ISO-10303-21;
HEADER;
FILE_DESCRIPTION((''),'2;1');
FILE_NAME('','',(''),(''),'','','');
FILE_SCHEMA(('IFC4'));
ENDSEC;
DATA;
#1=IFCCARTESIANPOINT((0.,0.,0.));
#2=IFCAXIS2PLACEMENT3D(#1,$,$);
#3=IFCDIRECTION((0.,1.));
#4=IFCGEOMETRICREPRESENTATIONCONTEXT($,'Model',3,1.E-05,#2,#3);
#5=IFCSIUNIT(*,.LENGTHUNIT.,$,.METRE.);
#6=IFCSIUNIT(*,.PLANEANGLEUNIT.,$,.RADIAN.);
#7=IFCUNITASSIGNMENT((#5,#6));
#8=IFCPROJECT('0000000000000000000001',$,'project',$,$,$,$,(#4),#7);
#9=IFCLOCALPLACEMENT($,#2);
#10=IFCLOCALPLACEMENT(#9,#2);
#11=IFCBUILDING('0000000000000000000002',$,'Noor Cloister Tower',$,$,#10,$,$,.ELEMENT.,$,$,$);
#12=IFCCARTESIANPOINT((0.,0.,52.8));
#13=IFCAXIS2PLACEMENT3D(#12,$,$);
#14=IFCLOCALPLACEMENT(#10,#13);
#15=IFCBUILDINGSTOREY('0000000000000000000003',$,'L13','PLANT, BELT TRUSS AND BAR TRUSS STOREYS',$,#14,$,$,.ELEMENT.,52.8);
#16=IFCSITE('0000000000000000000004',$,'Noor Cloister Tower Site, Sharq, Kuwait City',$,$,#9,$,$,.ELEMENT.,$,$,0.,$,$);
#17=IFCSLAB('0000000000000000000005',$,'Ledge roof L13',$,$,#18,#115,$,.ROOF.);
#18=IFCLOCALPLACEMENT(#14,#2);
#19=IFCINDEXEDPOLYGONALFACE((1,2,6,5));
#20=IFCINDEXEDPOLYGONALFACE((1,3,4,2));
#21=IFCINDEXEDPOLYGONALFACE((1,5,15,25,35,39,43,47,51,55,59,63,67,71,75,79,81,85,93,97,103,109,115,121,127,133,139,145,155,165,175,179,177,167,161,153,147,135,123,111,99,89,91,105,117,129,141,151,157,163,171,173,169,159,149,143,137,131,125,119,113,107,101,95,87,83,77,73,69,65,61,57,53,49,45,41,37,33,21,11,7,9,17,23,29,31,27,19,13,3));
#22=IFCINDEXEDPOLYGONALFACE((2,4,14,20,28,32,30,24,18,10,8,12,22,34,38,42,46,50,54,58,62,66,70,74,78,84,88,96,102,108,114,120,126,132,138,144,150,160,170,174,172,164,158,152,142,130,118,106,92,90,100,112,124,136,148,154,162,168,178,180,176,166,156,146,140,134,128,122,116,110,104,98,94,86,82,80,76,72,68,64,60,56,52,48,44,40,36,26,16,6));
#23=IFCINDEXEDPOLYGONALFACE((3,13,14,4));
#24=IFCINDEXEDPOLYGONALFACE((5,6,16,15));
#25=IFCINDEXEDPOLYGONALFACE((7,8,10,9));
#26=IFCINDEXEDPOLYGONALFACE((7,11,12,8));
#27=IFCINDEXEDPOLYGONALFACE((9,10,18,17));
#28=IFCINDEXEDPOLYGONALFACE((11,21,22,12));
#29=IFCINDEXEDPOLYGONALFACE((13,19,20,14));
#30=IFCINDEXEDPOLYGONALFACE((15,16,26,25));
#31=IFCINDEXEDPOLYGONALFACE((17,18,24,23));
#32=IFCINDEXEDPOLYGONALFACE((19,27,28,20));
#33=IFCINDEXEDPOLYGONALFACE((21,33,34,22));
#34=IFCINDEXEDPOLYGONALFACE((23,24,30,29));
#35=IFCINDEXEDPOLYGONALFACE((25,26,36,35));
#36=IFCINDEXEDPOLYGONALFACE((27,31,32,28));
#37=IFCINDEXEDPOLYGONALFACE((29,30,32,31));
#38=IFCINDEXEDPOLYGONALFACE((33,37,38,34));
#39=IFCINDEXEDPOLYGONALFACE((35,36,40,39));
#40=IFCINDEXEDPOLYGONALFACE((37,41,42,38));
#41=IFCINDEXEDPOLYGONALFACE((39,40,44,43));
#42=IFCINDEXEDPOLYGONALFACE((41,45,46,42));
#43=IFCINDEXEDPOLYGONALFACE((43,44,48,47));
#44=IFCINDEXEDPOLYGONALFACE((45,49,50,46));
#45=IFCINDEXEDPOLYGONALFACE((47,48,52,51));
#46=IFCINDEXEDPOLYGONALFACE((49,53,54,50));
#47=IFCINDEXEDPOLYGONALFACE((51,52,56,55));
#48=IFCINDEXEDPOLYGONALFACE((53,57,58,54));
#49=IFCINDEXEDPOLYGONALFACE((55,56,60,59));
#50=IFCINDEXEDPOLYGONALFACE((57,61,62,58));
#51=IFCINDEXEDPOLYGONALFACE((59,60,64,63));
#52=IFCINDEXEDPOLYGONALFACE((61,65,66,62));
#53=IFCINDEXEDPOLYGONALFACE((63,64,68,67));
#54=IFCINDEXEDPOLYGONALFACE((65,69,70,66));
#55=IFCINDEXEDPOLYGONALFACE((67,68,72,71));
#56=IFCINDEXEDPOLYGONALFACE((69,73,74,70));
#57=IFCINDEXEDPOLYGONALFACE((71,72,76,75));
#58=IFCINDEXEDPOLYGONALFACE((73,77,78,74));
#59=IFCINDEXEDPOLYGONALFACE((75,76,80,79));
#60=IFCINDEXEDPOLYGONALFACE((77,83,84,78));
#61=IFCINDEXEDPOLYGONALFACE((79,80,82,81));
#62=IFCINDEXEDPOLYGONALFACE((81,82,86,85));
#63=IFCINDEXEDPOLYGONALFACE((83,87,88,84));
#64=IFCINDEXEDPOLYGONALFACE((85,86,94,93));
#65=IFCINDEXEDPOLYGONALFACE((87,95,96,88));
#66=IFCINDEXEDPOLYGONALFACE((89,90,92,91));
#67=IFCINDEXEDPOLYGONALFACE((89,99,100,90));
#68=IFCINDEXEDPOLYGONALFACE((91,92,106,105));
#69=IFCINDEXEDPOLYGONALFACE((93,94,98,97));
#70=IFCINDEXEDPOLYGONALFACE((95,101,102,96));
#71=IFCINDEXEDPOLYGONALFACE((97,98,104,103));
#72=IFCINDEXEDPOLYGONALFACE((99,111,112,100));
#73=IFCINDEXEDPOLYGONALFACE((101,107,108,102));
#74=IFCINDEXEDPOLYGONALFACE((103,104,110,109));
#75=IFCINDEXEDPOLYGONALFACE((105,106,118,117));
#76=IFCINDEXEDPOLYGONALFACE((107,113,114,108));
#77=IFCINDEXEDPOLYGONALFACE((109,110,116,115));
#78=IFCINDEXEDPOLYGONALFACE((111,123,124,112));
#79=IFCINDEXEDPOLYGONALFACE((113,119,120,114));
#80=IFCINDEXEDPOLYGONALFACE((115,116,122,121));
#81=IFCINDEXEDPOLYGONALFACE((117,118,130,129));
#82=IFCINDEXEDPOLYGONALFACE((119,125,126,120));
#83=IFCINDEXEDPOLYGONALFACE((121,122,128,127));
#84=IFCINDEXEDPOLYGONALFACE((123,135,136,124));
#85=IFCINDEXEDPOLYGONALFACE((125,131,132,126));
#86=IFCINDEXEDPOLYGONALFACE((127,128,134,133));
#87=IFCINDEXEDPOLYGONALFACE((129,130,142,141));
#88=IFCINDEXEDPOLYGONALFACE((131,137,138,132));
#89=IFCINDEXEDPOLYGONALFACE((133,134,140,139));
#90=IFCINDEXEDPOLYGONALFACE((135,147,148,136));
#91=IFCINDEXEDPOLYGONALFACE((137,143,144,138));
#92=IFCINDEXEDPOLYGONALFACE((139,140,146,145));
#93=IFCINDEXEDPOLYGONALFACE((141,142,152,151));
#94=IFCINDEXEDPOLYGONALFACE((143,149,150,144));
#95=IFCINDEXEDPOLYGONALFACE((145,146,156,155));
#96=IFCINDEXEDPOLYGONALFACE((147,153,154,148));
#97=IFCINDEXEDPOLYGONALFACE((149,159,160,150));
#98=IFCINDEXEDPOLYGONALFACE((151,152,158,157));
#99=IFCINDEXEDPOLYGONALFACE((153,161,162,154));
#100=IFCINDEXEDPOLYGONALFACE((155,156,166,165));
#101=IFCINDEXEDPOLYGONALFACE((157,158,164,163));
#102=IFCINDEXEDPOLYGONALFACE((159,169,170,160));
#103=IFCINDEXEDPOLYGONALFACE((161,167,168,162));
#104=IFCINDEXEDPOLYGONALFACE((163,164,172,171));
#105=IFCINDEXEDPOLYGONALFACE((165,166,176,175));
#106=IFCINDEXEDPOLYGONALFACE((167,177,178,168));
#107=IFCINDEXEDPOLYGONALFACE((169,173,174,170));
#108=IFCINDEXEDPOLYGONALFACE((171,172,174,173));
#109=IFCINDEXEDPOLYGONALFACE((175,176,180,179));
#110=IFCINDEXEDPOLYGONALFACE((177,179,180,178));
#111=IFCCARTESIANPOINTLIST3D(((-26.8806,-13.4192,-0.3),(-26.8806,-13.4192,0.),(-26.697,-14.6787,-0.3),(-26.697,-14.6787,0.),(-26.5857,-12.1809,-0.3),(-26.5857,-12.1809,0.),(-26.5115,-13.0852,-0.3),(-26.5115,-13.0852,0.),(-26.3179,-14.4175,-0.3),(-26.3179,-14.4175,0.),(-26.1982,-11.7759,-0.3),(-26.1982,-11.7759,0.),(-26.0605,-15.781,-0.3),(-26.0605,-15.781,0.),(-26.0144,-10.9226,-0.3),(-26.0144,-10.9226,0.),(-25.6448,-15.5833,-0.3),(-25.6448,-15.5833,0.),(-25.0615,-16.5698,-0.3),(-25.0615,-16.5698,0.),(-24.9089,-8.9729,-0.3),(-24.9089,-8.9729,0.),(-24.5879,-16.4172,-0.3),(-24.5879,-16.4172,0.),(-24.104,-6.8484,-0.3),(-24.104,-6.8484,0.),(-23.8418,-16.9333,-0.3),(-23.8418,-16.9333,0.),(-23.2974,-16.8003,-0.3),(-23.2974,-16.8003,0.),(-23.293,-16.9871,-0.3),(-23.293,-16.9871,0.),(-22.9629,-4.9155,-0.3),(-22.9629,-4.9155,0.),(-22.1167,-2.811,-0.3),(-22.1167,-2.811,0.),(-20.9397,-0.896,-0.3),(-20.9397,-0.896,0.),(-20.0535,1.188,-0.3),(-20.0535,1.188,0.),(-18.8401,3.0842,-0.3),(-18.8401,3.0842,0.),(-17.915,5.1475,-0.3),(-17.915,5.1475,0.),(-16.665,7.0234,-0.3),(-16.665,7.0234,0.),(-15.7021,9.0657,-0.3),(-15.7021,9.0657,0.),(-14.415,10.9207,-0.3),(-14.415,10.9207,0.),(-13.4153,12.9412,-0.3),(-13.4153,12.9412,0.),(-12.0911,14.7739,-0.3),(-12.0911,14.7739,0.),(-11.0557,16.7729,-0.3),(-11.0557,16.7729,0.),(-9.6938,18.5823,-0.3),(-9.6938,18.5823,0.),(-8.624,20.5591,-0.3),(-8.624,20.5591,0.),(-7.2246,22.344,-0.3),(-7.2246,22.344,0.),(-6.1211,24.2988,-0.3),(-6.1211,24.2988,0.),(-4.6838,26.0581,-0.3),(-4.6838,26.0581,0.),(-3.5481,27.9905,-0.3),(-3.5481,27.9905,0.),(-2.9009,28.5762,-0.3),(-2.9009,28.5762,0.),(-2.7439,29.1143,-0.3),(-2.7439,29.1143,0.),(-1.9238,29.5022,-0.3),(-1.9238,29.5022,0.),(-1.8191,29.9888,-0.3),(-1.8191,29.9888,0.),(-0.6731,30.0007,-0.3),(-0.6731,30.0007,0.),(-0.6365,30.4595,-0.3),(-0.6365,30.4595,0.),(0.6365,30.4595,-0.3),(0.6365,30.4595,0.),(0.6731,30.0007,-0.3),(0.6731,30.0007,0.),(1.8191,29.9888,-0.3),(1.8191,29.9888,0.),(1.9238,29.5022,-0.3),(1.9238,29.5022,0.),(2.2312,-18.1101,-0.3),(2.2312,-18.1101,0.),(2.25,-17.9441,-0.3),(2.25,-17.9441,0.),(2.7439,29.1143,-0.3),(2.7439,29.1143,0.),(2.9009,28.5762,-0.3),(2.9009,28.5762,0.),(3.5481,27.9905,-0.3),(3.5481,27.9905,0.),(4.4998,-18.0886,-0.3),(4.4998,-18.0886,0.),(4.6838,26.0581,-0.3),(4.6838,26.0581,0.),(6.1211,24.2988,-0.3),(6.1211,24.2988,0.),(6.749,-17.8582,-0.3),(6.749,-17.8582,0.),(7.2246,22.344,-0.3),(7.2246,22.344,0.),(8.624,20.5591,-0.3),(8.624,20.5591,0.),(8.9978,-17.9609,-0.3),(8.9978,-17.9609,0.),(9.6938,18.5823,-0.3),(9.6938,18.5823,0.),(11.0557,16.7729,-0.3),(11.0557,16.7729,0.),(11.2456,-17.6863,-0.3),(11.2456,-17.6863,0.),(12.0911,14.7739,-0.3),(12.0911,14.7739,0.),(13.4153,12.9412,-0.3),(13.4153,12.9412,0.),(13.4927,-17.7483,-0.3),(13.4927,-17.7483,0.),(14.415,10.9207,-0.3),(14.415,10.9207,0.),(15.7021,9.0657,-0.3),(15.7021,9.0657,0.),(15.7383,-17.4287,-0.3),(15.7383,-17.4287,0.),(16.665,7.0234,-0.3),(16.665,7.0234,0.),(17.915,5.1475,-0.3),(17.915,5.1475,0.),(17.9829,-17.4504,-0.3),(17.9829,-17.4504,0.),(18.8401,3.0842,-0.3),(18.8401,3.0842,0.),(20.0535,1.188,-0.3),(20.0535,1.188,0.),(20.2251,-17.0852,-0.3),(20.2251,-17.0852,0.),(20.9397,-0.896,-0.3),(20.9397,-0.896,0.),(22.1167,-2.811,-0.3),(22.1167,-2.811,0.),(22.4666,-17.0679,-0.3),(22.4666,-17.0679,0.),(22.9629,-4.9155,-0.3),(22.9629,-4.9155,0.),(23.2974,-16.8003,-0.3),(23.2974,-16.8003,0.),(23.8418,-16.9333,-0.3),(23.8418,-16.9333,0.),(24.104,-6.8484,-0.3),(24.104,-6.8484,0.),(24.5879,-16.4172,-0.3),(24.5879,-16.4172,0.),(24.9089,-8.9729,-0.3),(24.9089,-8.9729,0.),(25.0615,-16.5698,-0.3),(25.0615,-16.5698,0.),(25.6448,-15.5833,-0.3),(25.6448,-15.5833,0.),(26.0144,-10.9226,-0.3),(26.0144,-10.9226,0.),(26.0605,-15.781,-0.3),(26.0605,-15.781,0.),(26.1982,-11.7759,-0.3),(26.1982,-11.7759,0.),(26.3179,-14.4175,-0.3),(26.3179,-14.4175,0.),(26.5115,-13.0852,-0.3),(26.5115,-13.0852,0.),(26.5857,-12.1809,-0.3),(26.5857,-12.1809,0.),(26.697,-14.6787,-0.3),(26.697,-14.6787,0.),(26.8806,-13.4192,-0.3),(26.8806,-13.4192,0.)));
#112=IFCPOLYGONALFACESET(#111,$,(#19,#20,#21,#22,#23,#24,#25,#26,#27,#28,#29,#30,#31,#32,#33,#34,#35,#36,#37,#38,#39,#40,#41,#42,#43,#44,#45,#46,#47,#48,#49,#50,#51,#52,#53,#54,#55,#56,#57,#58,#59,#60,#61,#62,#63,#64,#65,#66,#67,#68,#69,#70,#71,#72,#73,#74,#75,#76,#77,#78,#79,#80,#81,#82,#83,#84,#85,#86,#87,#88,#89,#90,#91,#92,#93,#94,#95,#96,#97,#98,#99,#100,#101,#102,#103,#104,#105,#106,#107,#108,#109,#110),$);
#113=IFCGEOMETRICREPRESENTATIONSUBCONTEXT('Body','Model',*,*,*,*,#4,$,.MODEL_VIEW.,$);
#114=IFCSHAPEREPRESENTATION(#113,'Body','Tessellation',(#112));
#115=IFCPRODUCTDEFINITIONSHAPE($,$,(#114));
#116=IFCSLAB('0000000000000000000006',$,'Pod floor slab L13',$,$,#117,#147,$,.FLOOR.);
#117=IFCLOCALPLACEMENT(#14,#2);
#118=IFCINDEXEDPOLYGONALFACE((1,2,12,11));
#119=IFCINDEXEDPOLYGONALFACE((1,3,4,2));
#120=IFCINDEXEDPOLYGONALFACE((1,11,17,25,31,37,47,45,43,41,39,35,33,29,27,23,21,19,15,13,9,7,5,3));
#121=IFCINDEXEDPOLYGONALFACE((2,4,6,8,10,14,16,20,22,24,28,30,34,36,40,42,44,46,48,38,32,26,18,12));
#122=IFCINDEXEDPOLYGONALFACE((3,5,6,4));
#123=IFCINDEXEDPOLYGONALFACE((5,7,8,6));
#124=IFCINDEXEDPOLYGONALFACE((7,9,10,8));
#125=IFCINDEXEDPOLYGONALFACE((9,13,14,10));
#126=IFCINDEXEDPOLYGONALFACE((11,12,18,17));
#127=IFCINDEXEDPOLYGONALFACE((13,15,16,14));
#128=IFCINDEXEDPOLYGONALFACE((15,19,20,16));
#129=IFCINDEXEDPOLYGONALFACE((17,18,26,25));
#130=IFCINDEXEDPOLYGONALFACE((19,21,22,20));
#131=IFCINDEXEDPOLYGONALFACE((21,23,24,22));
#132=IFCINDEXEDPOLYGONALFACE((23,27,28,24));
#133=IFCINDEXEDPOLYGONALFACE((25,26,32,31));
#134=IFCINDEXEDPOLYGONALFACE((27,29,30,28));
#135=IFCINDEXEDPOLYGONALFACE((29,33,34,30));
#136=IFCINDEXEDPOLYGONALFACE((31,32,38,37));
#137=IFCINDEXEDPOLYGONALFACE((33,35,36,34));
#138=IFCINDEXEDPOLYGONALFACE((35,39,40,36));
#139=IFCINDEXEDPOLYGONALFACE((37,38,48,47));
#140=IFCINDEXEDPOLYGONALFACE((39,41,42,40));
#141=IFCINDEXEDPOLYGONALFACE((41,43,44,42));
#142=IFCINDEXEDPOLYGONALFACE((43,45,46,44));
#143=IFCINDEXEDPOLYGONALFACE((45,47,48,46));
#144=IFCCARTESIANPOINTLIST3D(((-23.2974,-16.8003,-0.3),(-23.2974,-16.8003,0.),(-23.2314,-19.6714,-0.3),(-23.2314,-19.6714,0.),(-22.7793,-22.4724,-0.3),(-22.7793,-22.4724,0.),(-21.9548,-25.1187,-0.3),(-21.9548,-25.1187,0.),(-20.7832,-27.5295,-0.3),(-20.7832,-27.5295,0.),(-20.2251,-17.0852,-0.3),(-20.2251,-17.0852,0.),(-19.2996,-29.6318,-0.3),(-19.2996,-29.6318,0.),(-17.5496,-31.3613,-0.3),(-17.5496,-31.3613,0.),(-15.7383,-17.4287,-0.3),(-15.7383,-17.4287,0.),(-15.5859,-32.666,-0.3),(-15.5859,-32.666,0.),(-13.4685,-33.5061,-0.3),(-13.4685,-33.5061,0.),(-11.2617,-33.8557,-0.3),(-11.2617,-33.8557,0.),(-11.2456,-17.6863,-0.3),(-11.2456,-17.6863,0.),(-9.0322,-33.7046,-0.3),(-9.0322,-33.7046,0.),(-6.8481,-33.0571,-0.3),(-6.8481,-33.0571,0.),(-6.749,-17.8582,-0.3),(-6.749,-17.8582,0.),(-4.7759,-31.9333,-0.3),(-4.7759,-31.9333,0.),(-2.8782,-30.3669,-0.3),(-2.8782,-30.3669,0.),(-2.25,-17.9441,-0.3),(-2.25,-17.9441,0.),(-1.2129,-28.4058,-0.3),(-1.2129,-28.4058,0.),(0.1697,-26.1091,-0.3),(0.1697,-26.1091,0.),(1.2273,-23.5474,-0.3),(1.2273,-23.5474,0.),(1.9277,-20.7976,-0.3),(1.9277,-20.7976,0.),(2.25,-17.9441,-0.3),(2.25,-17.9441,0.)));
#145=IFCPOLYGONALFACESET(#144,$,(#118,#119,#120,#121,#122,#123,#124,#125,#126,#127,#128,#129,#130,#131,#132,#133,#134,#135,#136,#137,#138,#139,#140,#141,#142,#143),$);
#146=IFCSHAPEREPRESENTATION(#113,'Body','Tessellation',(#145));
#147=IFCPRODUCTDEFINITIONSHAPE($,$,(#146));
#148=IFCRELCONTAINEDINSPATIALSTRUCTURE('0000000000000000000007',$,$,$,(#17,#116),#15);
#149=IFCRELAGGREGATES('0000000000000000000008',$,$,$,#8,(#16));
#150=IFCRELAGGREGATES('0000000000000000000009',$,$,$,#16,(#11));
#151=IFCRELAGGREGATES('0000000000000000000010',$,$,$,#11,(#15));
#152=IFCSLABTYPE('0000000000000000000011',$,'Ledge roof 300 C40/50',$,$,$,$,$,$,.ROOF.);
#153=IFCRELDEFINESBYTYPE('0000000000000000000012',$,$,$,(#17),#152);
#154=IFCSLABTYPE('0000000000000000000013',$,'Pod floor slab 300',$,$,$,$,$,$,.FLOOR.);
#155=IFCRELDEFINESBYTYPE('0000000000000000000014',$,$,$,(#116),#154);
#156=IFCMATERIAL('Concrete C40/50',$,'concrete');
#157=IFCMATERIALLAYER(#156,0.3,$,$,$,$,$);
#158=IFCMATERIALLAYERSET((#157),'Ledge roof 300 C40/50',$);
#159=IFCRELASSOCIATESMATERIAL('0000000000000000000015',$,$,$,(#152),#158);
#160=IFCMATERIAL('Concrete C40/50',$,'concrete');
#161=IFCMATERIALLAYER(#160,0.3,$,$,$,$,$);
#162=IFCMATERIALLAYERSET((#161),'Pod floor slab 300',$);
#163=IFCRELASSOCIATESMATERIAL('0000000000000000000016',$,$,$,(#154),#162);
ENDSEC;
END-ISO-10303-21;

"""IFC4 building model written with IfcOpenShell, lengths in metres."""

from ifc_helpers import new_model, si_unit, direction, frame, origin, place, context, subcontext, project, spatial, polyline, outline, extrude, material, layer, layer_set, type_object, element, save


model = new_model("IFC4")

# Units and contexts
model_context = context("Model", 3, precision=1e-05, world=origin(), true_north=direction((0.0, 1.0)))
body_context = subcontext(model_context, "Body", "Model", "MODEL_VIEW")
ifc_project = project(units=[si_unit("LENGTHUNIT", "METRE"), si_unit("PLANEANGLEUNIT", "RADIAN")], contexts=[model_context])

# Site, building, storey
site_placement = place(None, origin())
site = spatial("IfcSite", under=ifc_project, at=site_placement, Name="Noor Cloister Tower Site, Sharq, Kuwait City", CompositionType="ELEMENT", RefElevation=0.0)
building_placement = place(site_placement, origin())
building = spatial("IfcBuilding", under=site, at=building_placement, Name="Noor Cloister Tower", CompositionType="ELEMENT")
storey_placement = place(building_placement, frame((0.0, 0.0, 52.8)))
storey = spatial("IfcBuildingStorey", under=building, at=storey_placement, Name="L13", Description="PLANT, BELT TRUSS AND BAR TRUSS STOREYS", CompositionType="ELEMENT", Elevation=52.8)

# Slabs
ifc_material_1 = material(Name="Concrete C40/50", Category="concrete")
ifc_layer_1 = layer(ifc_material_1, 0.3)
ifc_layer_set_1 = layer_set([ifc_layer_1], Name="Ledge roof 300 C40/50")
slab_type_1 = type_object("IfcSlabType", Name="Ledge roof 300 C40/50", PredefinedType="ROOF", material=ifc_layer_set_1)
slab_1_placement = place(storey_placement, frame((0.0, 0.0, -0.3)))
element("IfcSlab", 1, at=slab_1_placement, inside=storey, type_object=slab_type_1, Name="Ledge roof L13", PredefinedType="ROOF", context=body_context, shape_type="SweptSolid", body=[
    extrude(outline(polyline([(6.1211, 24.2988), (3.5481, 27.9905), (2.7439, 29.1143), (1.8191, 29.9888), (0.6365, 30.4595), (-0.6365, 30.4595), (-1.8191, 29.9888), (-2.7439, 29.1143), (-3.5481, 27.9905), (-6.1211, 24.2988), (-8.624, 20.5591), (-11.0557, 16.7729), (-13.4153, 12.9412), (-15.7021, 9.0657), (-17.915, 5.1475), (-20.0535, 1.188), (-22.1167, -2.811), (-24.104, -6.8484), (-26.0144, -10.9226), (-26.5857, -12.1809), (-26.8806, -13.4192), (-26.697, -14.6787), (-26.0605, -15.781), (-25.0615, -16.5698), (-23.8418, -16.9333), (-23.293, -16.9871), (-23.2974, -16.8003), (-24.5879, -16.4172), (-25.6448, -15.5833), (-26.3179, -14.4175), (-26.5115, -13.0852), (-26.1982, -11.7759), (-24.9089, -8.9729), (-22.9629, -4.9155), (-20.9397, -0.896), (-18.8401, 3.0842), (-16.665, 7.0234), (-14.415, 10.9207), (-12.0911, 14.7739), (-9.6938, 18.5823), (-7.2246, 22.344), (-4.6838, 26.0581), (-2.9009, 28.5762), (-1.9238, 29.5022), (-0.6731, 30.0007), (0.6731, 30.0007), (1.9238, 29.5022), (2.9009, 28.5762), (4.6838, 26.0581), (7.2246, 22.344), (9.6938, 18.5823), (12.0911, 14.7739), (14.415, 10.9207), (16.665, 7.0234), (18.8401, 3.0842), (20.9397, -0.896), (22.9629, -4.9155), (24.9089, -8.9729), (26.1982, -11.7759), (26.5115, -13.0852), (26.3179, -14.4175), (25.6448, -15.5833), (24.5879, -16.4172), (23.2974, -16.8003), (20.2251, -17.0852), (15.7383, -17.4287), (11.2456, -17.6863), (6.749, -17.8582), (2.25, -17.9441), (2.2312, -18.1101), (4.4998, -18.0886), (8.9978, -17.9609), (13.4927, -17.7483), (17.9829, -17.4504), (22.4666, -17.0679), (23.8418, -16.9333), (25.0615, -16.5698), (26.0605, -15.781), (26.697, -14.6787), (26.8806, -13.4192), (26.5857, -12.1809), (26.0144, -10.9226), (24.104, -6.8484), (22.1167, -2.811), (20.0535, 1.188), (17.915, 5.1475), (15.7021, 9.0657), (13.4153, 12.9412), (11.0557, 16.7729), (8.624, 20.5591), (6.1211, 24.2988)])), origin(), (0.0, 0.0, 1.0), 0.3),
])
ifc_material_2 = material(Name="Concrete C40/50", Category="concrete")
ifc_layer_2 = layer(ifc_material_2, 0.3)
ifc_layer_set_2 = layer_set([ifc_layer_2], Name="Pod floor slab 300")
slab_type_2 = type_object("IfcSlabType", Name="Pod floor slab 300", PredefinedType="FLOOR", material=ifc_layer_set_2)
slab_2_placement = place(storey_placement, frame((0.0, 0.0, -0.3)))
element("IfcSlab", 2, at=slab_2_placement, inside=storey, type_object=slab_type_2, Name="Pod floor slab L13", PredefinedType="FLOOR", context=body_context, shape_type="SweptSolid", body=[
    extrude(outline(polyline([(-23.2974, -16.8003), (-23.2314, -19.6714), (-22.7793, -22.4724), (-21.9548, -25.1187), (-20.7832, -27.5295), (-19.2996, -29.6318), (-17.5496, -31.3613), (-15.5859, -32.666), (-13.4685, -33.5061), (-11.2617, -33.8557), (-9.0322, -33.7046), (-6.8481, -33.0571), (-4.7759, -31.9333), (-2.8782, -30.3669), (-1.2129, -28.4058), (0.1697, -26.1091), (1.2273, -23.5474), (1.9277, -20.7976), (2.25, -17.9441), (-2.25, -17.9441), (-6.749, -17.8582), (-11.2456, -17.6863), (-15.7383, -17.4287), (-20.2251, -17.0852), (-23.2974, -16.8003)])), origin(), (0.0, 0.0, 1.0), 0.3),
])

save(model, "model.ifc")
